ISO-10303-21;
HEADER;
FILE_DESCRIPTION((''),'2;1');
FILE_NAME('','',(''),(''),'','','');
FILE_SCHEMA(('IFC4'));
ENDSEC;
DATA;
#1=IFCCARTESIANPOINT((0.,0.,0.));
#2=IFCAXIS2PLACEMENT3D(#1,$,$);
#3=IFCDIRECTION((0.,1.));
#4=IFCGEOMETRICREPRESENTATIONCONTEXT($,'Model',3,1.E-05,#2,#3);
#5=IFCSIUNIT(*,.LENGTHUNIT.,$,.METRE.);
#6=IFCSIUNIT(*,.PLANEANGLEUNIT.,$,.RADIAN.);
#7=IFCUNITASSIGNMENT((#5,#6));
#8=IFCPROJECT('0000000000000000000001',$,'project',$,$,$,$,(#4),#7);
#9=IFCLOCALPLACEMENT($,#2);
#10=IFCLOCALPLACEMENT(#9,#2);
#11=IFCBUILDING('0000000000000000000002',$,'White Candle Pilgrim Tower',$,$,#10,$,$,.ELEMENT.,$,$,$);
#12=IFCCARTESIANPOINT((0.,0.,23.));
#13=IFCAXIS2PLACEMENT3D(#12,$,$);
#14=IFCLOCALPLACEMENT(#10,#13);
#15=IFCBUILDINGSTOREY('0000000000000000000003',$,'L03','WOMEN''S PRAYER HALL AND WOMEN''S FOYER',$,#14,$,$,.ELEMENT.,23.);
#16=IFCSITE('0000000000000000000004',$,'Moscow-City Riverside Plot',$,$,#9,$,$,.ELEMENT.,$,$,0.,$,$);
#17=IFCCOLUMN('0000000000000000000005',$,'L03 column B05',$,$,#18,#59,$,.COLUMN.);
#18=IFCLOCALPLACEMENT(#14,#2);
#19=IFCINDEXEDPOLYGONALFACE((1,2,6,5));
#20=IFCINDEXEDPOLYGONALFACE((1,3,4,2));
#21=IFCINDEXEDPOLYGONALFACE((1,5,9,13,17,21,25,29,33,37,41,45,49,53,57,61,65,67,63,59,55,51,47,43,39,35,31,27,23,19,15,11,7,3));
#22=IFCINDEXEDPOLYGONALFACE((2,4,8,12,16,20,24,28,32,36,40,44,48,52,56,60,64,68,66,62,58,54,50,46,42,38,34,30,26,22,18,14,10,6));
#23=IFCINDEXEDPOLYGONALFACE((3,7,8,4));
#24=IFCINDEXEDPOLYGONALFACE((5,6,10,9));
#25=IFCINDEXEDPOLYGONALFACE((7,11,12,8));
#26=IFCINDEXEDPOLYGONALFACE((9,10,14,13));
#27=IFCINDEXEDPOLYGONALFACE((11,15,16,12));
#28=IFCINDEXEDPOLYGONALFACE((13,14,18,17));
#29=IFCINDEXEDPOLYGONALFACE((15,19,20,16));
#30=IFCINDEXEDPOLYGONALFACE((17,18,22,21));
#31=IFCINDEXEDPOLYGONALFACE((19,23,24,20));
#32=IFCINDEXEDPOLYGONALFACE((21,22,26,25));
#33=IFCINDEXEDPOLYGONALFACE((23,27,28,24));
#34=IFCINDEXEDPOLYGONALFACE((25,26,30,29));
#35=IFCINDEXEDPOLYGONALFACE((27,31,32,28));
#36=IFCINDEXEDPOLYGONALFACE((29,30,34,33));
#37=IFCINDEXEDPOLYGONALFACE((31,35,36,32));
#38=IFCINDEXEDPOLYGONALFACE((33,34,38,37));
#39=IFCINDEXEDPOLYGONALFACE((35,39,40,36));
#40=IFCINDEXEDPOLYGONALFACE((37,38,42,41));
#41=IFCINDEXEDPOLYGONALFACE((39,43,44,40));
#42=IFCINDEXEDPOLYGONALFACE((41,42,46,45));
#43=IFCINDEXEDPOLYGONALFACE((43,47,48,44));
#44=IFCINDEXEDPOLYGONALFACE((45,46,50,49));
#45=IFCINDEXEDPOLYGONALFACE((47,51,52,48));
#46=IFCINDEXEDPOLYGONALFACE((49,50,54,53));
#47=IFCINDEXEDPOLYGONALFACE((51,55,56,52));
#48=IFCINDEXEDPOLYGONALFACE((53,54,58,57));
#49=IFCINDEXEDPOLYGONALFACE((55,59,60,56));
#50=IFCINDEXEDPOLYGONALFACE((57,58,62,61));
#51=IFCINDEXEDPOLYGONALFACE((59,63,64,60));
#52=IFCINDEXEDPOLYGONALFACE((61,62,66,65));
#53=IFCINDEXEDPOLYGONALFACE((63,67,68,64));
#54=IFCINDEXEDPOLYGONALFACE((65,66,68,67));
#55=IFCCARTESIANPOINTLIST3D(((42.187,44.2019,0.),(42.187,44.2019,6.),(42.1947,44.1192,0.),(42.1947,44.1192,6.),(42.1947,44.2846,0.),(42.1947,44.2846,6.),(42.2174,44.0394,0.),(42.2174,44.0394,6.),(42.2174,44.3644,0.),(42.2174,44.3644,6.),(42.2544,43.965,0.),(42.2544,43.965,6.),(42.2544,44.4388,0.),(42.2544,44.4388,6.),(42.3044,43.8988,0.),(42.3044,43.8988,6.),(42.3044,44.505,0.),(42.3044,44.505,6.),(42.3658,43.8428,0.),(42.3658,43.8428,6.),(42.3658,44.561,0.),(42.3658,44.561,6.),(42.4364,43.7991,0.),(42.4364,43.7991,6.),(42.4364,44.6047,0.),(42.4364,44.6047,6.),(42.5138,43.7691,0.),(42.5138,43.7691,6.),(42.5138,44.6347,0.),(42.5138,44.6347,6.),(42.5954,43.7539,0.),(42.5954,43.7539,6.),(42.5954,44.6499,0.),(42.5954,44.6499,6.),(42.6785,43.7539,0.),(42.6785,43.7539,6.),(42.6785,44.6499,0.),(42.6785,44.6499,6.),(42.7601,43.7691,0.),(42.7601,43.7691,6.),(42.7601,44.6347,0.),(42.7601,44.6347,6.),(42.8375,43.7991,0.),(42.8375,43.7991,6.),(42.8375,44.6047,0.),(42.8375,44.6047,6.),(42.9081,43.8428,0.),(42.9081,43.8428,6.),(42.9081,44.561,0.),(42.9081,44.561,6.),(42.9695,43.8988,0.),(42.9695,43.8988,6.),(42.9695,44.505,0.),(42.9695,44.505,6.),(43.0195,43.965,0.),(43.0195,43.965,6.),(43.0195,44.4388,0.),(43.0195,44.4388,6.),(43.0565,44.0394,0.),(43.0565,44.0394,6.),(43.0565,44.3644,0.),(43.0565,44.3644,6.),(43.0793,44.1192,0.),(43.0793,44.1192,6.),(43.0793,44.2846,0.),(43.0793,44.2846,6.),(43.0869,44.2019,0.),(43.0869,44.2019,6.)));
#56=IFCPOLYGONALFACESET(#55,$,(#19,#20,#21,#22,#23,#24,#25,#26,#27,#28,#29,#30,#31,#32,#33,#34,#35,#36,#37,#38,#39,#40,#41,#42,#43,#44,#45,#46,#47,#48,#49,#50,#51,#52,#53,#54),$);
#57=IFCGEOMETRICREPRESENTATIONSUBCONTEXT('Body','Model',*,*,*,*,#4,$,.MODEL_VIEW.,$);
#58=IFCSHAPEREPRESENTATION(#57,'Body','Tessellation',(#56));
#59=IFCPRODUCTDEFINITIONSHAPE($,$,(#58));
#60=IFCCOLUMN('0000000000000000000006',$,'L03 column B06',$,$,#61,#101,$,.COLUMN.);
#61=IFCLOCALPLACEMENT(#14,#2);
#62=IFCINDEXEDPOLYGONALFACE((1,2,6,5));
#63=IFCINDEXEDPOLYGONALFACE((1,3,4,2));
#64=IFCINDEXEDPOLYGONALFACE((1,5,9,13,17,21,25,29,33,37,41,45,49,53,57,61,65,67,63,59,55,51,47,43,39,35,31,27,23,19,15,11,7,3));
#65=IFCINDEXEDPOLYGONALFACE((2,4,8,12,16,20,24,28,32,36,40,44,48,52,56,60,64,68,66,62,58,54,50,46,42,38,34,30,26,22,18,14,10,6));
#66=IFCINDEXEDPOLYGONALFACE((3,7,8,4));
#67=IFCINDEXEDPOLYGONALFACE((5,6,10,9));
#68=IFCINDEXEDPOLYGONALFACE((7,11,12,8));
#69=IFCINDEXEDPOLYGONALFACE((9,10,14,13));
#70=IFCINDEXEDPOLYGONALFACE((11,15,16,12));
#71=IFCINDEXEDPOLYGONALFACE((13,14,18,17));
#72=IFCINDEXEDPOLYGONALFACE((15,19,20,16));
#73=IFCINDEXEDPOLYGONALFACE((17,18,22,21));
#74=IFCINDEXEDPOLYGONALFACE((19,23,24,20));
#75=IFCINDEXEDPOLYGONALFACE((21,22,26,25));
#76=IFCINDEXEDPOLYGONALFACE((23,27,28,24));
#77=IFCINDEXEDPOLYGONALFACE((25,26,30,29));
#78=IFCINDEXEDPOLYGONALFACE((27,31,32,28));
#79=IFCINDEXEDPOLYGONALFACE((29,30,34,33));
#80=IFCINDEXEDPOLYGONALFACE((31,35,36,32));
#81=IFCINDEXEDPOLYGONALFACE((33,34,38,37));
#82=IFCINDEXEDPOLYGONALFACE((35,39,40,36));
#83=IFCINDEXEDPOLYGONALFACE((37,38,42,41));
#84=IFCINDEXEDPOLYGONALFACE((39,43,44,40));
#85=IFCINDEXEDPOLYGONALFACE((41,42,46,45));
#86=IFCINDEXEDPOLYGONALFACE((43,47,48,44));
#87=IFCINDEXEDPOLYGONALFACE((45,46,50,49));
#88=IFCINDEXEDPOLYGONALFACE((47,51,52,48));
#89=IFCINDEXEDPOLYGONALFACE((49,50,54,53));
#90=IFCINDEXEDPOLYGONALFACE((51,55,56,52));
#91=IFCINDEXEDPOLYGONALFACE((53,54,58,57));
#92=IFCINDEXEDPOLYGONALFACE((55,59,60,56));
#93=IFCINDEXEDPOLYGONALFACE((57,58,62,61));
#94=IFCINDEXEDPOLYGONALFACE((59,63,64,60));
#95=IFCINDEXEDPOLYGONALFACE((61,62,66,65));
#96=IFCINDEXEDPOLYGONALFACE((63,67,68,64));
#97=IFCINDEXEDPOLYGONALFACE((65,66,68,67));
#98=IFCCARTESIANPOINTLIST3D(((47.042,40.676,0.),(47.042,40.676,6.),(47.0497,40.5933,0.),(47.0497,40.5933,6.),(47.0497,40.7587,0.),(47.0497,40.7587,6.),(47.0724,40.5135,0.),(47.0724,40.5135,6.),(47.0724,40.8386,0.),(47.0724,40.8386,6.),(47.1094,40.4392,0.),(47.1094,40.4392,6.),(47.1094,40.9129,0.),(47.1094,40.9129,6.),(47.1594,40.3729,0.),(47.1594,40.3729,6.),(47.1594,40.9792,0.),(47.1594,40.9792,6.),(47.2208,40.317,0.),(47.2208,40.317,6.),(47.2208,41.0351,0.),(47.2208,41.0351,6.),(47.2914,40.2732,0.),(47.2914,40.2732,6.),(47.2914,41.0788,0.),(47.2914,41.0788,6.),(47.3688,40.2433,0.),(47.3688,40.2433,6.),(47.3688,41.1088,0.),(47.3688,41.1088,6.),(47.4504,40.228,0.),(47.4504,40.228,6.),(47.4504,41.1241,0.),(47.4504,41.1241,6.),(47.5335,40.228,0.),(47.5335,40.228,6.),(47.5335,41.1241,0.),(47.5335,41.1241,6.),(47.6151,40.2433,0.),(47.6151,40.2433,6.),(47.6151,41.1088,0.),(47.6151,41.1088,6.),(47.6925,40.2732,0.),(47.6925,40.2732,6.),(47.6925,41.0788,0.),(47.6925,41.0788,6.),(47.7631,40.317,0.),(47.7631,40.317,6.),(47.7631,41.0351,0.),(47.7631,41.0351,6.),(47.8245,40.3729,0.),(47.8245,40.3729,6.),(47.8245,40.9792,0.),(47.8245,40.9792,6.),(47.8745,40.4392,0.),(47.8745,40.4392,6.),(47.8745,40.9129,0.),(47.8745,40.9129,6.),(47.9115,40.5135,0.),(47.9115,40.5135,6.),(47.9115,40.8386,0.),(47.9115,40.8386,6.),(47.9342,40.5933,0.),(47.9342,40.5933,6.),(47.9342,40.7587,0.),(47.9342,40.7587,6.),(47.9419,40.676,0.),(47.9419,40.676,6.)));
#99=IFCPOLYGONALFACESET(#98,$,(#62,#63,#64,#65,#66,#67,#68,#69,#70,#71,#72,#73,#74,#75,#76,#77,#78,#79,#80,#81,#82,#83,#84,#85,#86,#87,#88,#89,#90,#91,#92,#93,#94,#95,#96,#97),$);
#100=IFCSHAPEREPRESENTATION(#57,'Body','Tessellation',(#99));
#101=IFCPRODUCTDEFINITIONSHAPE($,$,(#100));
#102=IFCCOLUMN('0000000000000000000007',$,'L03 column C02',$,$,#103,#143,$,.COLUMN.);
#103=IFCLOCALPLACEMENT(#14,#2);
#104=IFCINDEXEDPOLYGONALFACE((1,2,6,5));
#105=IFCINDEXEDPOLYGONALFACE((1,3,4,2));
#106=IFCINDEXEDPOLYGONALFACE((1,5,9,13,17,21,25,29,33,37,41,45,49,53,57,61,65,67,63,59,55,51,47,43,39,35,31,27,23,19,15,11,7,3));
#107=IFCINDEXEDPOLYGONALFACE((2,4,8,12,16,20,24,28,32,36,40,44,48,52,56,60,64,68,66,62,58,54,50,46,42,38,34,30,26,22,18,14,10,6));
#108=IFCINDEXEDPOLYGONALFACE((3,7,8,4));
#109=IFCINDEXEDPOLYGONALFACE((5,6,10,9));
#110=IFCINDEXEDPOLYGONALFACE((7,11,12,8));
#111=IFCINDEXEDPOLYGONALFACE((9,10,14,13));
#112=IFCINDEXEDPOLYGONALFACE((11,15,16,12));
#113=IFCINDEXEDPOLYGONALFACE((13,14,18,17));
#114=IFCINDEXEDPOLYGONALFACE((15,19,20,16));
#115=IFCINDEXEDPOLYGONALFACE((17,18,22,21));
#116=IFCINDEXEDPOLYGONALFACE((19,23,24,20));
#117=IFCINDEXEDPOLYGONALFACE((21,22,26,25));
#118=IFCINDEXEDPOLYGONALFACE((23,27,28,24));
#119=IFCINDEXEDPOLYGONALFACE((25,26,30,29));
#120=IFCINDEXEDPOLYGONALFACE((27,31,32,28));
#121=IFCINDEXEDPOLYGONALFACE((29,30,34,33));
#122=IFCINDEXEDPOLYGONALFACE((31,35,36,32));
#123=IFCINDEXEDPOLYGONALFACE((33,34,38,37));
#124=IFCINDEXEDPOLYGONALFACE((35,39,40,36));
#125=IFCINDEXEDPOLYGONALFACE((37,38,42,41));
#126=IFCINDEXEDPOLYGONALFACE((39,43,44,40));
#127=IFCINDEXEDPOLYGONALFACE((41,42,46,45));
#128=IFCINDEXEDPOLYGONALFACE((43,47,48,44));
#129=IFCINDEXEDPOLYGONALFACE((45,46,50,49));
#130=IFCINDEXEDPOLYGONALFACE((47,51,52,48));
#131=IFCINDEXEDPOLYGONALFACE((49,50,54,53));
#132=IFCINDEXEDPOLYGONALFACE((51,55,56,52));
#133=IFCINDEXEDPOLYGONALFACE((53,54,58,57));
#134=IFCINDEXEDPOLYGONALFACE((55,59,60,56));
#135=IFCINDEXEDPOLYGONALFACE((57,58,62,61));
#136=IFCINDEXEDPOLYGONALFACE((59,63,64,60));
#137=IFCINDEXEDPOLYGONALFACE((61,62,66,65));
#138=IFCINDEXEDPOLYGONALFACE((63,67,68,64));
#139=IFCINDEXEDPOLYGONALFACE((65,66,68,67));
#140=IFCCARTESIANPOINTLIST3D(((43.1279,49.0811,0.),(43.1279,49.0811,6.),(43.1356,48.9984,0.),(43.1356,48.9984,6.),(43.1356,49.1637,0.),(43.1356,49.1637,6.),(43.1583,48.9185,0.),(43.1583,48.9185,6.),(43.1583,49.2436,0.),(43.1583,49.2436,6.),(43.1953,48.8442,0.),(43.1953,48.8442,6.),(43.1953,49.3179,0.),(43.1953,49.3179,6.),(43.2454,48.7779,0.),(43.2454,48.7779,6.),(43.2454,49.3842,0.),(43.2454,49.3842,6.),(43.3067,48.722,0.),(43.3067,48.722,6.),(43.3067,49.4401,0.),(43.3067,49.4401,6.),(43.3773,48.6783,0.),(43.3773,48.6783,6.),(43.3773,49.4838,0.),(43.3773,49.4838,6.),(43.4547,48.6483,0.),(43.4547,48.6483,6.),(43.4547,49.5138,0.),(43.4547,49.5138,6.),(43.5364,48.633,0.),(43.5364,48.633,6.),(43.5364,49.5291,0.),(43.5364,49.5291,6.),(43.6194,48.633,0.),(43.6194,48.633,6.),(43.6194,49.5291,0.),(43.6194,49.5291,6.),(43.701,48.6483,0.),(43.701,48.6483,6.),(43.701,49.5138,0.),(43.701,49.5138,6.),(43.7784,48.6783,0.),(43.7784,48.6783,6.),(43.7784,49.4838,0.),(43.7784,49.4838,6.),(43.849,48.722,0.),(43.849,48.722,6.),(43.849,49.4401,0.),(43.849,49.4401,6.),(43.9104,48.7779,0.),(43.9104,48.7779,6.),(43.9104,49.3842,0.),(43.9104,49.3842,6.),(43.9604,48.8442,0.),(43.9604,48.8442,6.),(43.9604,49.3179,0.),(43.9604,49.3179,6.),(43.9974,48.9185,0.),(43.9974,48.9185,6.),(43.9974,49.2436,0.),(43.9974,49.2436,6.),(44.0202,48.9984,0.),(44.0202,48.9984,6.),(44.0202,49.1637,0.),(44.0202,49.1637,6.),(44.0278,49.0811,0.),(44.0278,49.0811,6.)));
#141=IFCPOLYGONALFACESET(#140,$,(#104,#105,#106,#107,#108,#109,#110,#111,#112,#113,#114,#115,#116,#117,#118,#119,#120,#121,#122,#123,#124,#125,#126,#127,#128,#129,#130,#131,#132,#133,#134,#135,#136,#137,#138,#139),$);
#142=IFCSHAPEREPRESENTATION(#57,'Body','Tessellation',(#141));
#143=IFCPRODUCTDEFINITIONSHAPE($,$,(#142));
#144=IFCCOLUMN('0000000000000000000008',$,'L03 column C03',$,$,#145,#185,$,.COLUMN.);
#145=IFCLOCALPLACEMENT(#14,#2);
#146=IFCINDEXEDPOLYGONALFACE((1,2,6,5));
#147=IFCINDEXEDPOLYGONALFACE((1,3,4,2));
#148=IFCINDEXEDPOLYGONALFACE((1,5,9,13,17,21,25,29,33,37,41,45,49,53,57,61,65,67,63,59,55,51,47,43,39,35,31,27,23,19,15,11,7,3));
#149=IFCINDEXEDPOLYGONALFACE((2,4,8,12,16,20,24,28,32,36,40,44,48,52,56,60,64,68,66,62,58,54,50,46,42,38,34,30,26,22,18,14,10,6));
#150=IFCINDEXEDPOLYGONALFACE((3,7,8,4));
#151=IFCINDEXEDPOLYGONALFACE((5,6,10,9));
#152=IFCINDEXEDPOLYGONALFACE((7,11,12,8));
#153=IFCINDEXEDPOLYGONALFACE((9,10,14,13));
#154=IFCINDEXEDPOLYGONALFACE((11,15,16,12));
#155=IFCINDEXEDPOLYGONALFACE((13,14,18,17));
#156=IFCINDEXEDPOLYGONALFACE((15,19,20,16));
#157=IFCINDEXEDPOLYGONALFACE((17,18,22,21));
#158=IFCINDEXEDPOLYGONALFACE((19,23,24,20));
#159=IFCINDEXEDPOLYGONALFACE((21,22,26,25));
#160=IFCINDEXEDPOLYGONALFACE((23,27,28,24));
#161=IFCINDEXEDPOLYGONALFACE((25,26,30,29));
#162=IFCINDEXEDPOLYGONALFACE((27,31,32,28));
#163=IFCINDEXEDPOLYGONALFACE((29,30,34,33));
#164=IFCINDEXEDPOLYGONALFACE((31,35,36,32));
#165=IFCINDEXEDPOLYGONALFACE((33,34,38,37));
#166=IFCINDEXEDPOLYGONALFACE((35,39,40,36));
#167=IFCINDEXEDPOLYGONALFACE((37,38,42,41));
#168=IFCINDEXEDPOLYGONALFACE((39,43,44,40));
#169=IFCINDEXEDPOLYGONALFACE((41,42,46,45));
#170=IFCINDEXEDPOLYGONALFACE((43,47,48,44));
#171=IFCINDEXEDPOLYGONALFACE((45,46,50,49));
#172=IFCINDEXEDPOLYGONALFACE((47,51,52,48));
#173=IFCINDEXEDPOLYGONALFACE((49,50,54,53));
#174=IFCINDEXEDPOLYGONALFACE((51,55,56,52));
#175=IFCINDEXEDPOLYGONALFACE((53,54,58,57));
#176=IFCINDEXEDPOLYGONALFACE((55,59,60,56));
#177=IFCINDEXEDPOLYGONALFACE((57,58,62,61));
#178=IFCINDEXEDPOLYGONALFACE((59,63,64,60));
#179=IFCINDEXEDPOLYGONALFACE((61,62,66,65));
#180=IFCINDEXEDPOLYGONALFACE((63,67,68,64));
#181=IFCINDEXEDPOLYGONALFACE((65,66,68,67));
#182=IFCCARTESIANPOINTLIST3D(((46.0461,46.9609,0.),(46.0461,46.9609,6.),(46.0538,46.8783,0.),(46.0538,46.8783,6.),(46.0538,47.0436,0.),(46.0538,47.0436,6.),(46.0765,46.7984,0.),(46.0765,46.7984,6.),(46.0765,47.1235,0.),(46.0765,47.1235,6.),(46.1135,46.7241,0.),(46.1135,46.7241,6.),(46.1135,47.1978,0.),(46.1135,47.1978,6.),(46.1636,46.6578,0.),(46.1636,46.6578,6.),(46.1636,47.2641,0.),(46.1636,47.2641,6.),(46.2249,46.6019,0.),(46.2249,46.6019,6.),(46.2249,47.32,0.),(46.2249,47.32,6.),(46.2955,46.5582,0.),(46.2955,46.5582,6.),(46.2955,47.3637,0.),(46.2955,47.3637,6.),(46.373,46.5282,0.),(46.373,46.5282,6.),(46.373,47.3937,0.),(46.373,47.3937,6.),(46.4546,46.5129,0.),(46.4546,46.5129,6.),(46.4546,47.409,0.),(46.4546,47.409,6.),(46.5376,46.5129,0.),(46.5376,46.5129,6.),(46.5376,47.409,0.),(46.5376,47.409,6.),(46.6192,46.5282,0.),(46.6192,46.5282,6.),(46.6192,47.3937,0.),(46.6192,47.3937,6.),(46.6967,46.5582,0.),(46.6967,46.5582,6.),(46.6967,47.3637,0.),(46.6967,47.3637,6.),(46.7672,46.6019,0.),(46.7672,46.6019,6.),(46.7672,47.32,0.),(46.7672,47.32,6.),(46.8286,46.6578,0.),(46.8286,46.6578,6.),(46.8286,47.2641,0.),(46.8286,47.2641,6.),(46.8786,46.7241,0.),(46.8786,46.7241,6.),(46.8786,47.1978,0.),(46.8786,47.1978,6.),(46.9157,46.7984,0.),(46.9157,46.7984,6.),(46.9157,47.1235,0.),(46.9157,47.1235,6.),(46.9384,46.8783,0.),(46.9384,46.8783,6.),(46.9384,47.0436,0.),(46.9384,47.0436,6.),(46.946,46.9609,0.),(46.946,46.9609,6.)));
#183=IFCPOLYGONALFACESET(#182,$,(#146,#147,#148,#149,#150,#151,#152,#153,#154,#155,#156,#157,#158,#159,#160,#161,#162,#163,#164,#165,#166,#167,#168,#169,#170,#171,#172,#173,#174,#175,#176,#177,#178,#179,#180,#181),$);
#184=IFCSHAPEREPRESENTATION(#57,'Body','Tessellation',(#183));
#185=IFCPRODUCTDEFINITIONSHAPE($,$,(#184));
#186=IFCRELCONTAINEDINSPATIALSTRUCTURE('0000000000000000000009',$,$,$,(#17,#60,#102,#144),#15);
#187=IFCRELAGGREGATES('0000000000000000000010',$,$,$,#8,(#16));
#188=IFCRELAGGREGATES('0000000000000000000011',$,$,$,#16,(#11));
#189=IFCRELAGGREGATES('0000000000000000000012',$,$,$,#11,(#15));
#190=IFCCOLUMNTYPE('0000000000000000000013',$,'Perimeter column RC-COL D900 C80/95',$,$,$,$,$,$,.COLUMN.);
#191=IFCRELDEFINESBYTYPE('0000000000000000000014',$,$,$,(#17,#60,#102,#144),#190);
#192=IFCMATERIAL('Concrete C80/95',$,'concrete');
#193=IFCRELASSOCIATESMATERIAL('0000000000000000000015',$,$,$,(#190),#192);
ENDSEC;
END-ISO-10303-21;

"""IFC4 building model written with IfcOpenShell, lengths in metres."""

from ifc_helpers import new_model, si_unit, direction, frame, origin, origin_2d, place, context, subcontext, project, spatial, circle, extrude, material, material_profile, profile_set, type_object, element, save


model = new_model("IFC4")

# Units and contexts
model_context = context("Model", 3, precision=1e-05, world=origin(), true_north=direction((0.0, 1.0)))
body_context = subcontext(model_context, "Body", "Model", "MODEL_VIEW")
ifc_project = project(units=[si_unit("LENGTHUNIT", "METRE"), si_unit("PLANEANGLEUNIT", "RADIAN")], contexts=[model_context])

# Site, building, storey
site_placement = place(None, origin())
site = spatial("IfcSite", under=ifc_project, at=site_placement, Name="Moscow-City Riverside Plot", CompositionType="ELEMENT", RefElevation=0.0)
building_placement = place(site_placement, origin())
building = spatial("IfcBuilding", under=site, at=building_placement, Name="White Candle Pilgrim Tower", CompositionType="ELEMENT")
storey_placement = place(building_placement, frame((0.0, 0.0, 23.0)))
storey = spatial("IfcBuildingStorey", under=building, at=storey_placement, Name="L03", Description="WOMEN'S PRAYER HALL AND WOMEN'S FOYER", CompositionType="ELEMENT", Elevation=23.0)

# Columns
ifc_material_1 = material(Name="Concrete C80/95", Category="concrete")
ifc_material_profile_1 = material_profile(ifc_material_1, circle(Radius=0.45, at=origin_2d()), Name="RC-COL D900")
ifc_profile_set_1 = profile_set([ifc_material_profile_1], Name="Concrete C80/95")
column_type = type_object("IfcColumnType", Name="Perimeter column RC-COL D900 C80/95", PredefinedType="COLUMN", material=ifc_profile_set_1)
for number, where, z_axis, x_axis, name in (
    (1, (42.637, 44.2019, 0.0), (0.0, 0.0, 1.0), (1.0, 0.0, 0.0), "L03 column B05"),
    (2, (47.4919, 40.676, 0.0), (0.0, 0.0, 1.0), (1.0, 0.0, 0.0), "L03 column B06"),
    (3, (43.5779, 49.0811, 0.0), (0.0, 0.0, 1.0), (1.0, 0.0, 0.0), "L03 column C02"),
    (4, (46.4961, 46.9609, 0.0), (0.0, 0.0, 1.0), (1.0, 0.0, 0.0), "L03 column C03"),
):
    element("IfcColumn", number, at=place(storey_placement, frame(where, z_axis=z_axis, x_axis=x_axis)), inside=storey, type_object=column_type, Name=name, PredefinedType="COLUMN", context=body_context, shape_type="SweptSolid", body=[
        extrude(circle(Radius=0.45, at=origin_2d()), origin(), (0.0, 0.0, 1.0), 6.0),
    ])

save(model, "model.ifc")
